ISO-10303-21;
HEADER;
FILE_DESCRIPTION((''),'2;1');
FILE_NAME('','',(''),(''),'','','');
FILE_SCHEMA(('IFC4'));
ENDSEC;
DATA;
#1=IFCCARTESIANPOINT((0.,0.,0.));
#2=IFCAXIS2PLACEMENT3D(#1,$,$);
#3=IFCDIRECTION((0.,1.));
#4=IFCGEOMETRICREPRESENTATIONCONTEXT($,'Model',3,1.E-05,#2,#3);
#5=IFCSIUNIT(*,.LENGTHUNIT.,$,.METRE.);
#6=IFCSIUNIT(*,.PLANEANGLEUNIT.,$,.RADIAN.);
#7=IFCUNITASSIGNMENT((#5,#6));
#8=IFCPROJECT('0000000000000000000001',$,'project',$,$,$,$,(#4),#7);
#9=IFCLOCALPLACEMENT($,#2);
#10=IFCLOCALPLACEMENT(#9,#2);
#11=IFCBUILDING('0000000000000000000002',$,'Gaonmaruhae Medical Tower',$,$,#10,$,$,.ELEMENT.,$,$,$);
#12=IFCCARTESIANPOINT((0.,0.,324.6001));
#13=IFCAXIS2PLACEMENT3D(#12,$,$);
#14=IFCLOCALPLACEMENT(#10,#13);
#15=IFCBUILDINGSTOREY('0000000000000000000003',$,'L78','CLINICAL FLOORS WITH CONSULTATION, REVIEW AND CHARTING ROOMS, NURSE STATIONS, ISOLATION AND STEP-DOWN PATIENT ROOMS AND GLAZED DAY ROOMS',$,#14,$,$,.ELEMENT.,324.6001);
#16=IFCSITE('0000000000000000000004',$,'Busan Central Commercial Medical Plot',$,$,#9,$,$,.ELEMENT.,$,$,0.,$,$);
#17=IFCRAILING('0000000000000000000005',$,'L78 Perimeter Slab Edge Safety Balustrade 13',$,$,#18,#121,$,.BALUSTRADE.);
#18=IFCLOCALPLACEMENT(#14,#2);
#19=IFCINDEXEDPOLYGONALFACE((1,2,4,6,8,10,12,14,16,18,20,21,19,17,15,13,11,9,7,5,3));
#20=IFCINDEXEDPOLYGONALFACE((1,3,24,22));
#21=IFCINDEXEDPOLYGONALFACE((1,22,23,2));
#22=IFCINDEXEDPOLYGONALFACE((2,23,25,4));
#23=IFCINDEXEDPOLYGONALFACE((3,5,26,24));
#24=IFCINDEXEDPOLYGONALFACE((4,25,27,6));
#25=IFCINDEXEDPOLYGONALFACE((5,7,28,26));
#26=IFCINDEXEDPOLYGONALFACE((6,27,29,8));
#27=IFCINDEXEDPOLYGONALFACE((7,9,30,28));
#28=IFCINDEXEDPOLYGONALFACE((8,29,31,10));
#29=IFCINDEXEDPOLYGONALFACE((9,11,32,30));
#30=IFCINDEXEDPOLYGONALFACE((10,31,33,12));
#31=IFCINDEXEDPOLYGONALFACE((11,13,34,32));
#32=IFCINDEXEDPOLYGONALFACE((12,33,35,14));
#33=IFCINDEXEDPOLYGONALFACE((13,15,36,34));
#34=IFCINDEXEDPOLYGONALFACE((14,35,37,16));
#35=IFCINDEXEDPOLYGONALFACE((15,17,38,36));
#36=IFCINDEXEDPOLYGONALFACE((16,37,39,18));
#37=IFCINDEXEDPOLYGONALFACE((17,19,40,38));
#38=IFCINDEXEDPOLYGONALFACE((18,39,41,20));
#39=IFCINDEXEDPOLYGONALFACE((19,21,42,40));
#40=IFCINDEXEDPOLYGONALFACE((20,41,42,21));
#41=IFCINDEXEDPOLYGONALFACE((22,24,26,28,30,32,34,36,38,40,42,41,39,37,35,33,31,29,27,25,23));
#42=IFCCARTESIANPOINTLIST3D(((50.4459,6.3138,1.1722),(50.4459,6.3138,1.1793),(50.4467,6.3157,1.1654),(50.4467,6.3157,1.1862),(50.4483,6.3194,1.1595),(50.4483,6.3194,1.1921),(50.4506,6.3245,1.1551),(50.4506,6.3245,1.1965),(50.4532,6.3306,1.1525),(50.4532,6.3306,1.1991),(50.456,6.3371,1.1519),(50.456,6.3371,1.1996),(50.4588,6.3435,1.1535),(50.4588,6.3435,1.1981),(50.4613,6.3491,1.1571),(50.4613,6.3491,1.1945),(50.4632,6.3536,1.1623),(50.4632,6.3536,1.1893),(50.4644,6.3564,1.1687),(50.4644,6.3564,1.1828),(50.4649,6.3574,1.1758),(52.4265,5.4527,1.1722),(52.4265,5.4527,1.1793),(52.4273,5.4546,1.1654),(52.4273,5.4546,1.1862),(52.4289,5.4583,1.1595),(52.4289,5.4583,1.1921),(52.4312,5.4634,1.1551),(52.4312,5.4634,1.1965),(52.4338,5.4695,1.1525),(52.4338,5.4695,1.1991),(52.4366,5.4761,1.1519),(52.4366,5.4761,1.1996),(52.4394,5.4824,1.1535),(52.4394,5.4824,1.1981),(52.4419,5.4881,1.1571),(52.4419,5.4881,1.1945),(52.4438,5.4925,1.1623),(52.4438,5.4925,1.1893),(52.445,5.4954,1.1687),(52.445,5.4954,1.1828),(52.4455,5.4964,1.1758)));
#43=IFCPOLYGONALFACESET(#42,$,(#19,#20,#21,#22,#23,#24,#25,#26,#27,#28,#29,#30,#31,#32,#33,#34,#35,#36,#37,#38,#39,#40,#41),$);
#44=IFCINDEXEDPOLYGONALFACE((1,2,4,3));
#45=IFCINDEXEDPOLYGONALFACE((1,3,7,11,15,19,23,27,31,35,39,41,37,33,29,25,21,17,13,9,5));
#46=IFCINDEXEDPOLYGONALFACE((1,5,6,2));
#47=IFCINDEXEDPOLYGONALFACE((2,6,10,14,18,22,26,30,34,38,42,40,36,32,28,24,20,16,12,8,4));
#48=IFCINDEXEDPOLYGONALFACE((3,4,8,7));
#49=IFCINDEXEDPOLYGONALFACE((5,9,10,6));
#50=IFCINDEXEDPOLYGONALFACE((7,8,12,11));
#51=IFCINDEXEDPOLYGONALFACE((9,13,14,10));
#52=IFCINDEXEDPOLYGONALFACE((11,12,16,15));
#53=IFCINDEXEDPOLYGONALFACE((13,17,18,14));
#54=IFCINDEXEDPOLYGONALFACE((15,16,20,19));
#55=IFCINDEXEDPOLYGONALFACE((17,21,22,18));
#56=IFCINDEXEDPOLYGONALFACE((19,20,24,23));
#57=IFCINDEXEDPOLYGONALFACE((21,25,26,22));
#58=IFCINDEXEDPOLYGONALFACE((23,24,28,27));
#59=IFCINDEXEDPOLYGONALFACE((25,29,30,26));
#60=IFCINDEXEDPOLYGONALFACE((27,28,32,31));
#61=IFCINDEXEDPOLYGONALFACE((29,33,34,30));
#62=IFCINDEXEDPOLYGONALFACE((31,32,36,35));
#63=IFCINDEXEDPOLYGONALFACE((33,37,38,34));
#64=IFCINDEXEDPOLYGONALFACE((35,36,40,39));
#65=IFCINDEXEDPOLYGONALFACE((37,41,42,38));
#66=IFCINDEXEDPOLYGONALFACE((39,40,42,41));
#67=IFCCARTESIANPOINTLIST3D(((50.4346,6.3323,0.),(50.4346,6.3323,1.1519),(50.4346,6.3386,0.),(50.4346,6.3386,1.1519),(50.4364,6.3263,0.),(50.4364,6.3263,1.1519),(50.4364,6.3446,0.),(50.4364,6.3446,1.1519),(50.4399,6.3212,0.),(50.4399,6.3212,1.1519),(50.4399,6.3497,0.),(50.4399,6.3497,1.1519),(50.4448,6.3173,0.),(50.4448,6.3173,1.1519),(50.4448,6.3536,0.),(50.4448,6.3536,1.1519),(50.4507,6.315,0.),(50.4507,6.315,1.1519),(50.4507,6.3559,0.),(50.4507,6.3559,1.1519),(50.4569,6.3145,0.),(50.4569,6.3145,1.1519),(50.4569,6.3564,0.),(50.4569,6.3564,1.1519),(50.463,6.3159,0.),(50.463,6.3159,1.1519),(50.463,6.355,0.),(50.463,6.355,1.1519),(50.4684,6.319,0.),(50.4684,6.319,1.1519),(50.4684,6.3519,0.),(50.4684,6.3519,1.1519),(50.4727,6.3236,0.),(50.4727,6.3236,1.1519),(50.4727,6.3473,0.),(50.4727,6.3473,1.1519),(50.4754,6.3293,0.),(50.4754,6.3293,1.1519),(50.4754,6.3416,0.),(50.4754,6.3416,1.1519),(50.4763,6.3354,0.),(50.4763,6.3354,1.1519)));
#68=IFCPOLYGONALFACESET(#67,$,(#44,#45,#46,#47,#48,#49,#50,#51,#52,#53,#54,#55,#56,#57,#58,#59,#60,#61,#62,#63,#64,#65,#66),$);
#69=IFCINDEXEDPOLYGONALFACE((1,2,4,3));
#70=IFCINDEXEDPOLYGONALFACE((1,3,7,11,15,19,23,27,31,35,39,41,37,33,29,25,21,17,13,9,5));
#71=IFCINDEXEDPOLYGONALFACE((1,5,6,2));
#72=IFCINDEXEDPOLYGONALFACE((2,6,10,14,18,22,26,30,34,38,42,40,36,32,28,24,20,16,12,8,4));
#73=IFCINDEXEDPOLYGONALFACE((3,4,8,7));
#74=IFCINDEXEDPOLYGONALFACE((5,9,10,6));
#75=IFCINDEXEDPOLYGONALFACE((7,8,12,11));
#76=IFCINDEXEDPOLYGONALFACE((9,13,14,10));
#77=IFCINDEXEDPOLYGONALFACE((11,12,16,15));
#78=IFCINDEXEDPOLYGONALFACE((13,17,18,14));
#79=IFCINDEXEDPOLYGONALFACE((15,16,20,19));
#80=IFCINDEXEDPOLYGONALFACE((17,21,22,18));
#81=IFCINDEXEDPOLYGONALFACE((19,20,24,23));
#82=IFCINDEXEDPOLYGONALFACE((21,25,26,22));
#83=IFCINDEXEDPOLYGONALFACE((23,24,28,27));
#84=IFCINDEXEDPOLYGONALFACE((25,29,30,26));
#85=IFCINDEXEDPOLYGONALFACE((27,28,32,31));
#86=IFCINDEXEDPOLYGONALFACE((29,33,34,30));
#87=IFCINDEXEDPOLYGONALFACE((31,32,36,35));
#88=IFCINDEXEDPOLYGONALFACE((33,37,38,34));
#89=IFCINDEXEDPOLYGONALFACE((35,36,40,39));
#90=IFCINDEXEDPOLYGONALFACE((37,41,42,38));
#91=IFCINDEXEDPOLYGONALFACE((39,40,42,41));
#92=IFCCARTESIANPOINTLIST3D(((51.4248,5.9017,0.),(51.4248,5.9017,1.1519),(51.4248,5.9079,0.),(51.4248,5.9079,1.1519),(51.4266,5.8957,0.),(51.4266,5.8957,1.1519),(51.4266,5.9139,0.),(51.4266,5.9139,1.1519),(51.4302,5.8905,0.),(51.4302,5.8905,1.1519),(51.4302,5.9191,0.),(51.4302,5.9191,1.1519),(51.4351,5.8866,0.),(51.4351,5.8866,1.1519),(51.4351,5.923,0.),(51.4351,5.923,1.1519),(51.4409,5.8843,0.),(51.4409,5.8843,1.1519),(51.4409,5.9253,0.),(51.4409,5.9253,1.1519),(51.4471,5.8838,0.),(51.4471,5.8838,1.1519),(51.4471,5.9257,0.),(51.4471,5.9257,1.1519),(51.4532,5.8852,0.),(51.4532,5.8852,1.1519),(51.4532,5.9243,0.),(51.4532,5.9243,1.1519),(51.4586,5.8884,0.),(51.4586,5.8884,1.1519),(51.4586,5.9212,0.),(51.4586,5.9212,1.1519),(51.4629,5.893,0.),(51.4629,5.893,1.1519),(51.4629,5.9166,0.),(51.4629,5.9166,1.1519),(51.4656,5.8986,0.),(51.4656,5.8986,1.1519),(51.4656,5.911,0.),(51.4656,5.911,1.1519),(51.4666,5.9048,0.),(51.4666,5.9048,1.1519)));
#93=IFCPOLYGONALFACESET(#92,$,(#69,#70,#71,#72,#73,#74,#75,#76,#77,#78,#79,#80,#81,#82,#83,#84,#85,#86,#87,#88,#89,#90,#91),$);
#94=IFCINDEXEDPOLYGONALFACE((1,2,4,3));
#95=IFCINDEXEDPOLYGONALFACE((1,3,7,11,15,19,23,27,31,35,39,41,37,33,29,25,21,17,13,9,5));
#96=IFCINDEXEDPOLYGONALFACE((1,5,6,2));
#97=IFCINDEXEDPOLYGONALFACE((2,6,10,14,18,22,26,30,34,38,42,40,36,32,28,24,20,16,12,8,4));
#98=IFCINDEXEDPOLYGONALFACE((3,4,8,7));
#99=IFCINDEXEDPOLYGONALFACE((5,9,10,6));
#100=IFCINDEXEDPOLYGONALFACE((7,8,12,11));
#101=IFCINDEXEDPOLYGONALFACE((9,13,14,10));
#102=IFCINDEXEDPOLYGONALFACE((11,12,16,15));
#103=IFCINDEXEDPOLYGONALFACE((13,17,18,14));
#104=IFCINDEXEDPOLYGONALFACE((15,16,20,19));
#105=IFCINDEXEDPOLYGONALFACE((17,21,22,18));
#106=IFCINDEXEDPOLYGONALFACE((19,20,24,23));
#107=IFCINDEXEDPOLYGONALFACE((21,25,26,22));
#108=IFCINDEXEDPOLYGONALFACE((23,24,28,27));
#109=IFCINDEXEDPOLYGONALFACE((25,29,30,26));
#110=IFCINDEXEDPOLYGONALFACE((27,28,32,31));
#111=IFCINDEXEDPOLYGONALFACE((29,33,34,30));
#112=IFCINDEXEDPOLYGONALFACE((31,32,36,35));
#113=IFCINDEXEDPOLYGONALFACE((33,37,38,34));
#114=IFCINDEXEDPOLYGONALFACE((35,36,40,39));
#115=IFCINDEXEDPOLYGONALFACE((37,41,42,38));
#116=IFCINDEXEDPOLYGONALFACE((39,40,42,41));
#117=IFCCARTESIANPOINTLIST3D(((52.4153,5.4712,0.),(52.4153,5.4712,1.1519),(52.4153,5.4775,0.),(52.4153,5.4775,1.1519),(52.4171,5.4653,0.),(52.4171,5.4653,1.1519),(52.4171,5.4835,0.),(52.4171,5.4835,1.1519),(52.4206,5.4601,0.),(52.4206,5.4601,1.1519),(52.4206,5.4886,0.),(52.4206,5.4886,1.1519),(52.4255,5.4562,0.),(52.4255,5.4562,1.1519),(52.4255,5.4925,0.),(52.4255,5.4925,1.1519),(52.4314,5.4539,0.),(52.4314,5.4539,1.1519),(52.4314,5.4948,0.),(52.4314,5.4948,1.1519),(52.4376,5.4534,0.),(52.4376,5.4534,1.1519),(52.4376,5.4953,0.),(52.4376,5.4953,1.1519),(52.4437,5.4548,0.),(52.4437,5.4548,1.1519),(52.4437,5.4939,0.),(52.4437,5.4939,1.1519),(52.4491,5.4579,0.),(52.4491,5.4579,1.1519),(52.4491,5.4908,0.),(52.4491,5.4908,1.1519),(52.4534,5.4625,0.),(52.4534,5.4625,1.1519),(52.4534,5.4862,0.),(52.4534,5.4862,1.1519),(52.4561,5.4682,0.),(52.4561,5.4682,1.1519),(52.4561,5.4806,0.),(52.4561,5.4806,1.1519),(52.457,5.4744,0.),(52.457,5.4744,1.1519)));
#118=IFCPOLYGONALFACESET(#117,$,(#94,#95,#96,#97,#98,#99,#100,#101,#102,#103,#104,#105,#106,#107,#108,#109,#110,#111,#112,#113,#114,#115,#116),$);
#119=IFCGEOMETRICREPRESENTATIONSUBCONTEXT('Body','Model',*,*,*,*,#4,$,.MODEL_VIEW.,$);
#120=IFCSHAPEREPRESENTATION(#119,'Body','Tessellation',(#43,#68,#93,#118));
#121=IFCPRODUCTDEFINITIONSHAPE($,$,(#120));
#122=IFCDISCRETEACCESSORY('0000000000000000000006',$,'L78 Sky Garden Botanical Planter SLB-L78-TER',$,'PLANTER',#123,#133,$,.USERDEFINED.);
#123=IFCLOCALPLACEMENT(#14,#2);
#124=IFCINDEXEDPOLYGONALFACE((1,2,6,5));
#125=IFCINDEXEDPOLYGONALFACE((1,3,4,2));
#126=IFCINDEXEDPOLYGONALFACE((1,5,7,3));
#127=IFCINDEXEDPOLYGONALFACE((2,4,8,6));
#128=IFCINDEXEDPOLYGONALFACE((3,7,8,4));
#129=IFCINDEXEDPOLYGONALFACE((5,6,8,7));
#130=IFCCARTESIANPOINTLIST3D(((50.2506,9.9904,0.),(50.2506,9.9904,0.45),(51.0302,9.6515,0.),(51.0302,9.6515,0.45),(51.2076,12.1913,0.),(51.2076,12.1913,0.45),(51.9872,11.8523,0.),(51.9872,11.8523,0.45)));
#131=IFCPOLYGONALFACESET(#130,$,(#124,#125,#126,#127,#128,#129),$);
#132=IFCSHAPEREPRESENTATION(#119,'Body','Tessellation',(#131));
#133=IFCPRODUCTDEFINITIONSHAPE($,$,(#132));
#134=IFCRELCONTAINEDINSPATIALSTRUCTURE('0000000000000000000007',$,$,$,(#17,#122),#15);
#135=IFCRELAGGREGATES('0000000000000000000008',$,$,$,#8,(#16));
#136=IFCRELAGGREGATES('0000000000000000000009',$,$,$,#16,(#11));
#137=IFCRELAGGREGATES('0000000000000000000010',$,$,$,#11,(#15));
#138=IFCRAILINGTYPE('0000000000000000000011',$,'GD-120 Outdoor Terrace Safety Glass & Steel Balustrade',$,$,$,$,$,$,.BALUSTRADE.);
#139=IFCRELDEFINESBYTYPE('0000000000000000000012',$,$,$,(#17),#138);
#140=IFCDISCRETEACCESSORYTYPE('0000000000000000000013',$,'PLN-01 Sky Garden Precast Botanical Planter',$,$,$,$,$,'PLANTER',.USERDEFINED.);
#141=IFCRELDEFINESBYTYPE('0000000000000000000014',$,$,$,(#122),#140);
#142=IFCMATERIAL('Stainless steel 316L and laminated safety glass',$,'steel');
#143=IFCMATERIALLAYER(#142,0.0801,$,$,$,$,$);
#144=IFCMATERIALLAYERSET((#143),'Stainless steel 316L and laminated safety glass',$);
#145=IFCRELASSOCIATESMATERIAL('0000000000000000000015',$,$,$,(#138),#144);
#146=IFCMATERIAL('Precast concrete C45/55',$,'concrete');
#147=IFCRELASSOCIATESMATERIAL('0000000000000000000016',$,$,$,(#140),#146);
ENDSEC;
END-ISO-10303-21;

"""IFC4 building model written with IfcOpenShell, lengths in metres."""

from ifc_helpers import new_model, si_unit, direction, frame, origin, origin_2d, place, context, subcontext, project, spatial, rectangle, circle, extrude, material, layer, layer_set, type_object, element, save


model = new_model("IFC4")

# Units and contexts
model_context = context("Model", 3, precision=1e-05, world=origin(), true_north=direction((0.0, 1.0)))
body_context = subcontext(model_context, "Body", "Model", "MODEL_VIEW")
ifc_project = project(units=[si_unit("LENGTHUNIT", "METRE"), si_unit("PLANEANGLEUNIT", "RADIAN")], contexts=[model_context])

# Site, building, storey
site_placement = place(None, origin())
site = spatial("IfcSite", under=ifc_project, at=site_placement, Name="Busan Central Commercial Medical Plot", CompositionType="ELEMENT", RefElevation=0.0)
building_placement = place(site_placement, origin())
building = spatial("IfcBuilding", under=site, at=building_placement, Name="Gaonmaruhae Medical Tower", CompositionType="ELEMENT")
storey_placement = place(building_placement, frame((0.0, 0.0, 324.6001)))
storey = spatial("IfcBuildingStorey", under=building, at=storey_placement, Name="L78", Description="CLINICAL FLOORS WITH CONSULTATION, REVIEW AND CHARTING ROOMS, NURSE STATIONS, ISOLATION AND STEP-DOWN PATIENT ROOMS AND GLAZED DAY ROOMS", CompositionType="ELEMENT", Elevation=324.6001)

# Shared definitions
ifc_material_1 = material(Name="Precast concrete C45/55", Category="concrete")

# Railing
ifc_material_2 = material(Name="Stainless steel 316L and laminated safety glass", Category="steel")
ifc_layer_1 = layer(ifc_material_2, 0.0801)
ifc_layer_set_1 = layer_set([ifc_layer_1], Name="Stainless steel 316L and laminated safety glass")
railing_type_1 = type_object("IfcRailingType", Name="GD-120 Outdoor Terrace Safety Glass & Steel Balustrade", PredefinedType="BALUSTRADE", material=ifc_layer_set_1)
railing_1_placement = place(storey_placement, frame((50.4553, 6.3354, 0.0)))
element("IfcRailing", 1, at=railing_1_placement, inside=storey, type_object=railing_type_1, Name="L78 Perimeter Slab Edge Safety Balustrade 13", PredefinedType="BALUSTRADE", context=body_context, shape_type="SweptSolid", body=[
    extrude(circle(Radius=0.0239, at=origin_2d()), frame((0.0, 0.0, 1.1758), z_axis=(0.917086, -0.398689, 0.0), x_axis=(0.398689, 0.917086, 0.0)), (0.0, 0.0, 1.0), 2.1597),
    extrude(circle(Radius=0.021, at=origin_2d()), origin(), (0.0, 0.0, 1.0), 1.1519),
    extrude(circle(Radius=0.021, at=origin_2d()), frame((0.9902, -0.4307, 0.0)), (0.0, 0.0, 1.0), 1.1519),
    extrude(circle(Radius=0.021, at=origin_2d()), frame((1.9807, -0.8611, 0.0)), (0.0, 0.0, 1.0), 1.1519),
])

# Discrete accessory
discrete_accessory_type = type_object("IfcDiscreteAccessoryType", Name="PLN-01 Sky Garden Precast Botanical Planter", ElementType="PLANTER", PredefinedType="USERDEFINED", material=ifc_material_1)
discrete_accessory_placement = place(storey_placement, frame((51.1189, 10.9214, 0.0), z_axis=(0.0, 0.0, 1.0), x_axis=(0.398749, 0.91706, 0.0)))
element("IfcDiscreteAccessory", 2, at=discrete_accessory_placement, inside=storey, type_object=discrete_accessory_type, Name="L78 Sky Garden Botanical Planter SLB-L78-TER", ObjectType="PLANTER", PredefinedType="USERDEFINED", context=body_context, shape_type="SweptSolid", body=[
    extrude(rectangle(XDim=2.3999, YDim=0.8501, at=origin_2d()), origin(), (0.0, 0.0, 1.0), 0.45),
])

save(model, "model.ifc")
